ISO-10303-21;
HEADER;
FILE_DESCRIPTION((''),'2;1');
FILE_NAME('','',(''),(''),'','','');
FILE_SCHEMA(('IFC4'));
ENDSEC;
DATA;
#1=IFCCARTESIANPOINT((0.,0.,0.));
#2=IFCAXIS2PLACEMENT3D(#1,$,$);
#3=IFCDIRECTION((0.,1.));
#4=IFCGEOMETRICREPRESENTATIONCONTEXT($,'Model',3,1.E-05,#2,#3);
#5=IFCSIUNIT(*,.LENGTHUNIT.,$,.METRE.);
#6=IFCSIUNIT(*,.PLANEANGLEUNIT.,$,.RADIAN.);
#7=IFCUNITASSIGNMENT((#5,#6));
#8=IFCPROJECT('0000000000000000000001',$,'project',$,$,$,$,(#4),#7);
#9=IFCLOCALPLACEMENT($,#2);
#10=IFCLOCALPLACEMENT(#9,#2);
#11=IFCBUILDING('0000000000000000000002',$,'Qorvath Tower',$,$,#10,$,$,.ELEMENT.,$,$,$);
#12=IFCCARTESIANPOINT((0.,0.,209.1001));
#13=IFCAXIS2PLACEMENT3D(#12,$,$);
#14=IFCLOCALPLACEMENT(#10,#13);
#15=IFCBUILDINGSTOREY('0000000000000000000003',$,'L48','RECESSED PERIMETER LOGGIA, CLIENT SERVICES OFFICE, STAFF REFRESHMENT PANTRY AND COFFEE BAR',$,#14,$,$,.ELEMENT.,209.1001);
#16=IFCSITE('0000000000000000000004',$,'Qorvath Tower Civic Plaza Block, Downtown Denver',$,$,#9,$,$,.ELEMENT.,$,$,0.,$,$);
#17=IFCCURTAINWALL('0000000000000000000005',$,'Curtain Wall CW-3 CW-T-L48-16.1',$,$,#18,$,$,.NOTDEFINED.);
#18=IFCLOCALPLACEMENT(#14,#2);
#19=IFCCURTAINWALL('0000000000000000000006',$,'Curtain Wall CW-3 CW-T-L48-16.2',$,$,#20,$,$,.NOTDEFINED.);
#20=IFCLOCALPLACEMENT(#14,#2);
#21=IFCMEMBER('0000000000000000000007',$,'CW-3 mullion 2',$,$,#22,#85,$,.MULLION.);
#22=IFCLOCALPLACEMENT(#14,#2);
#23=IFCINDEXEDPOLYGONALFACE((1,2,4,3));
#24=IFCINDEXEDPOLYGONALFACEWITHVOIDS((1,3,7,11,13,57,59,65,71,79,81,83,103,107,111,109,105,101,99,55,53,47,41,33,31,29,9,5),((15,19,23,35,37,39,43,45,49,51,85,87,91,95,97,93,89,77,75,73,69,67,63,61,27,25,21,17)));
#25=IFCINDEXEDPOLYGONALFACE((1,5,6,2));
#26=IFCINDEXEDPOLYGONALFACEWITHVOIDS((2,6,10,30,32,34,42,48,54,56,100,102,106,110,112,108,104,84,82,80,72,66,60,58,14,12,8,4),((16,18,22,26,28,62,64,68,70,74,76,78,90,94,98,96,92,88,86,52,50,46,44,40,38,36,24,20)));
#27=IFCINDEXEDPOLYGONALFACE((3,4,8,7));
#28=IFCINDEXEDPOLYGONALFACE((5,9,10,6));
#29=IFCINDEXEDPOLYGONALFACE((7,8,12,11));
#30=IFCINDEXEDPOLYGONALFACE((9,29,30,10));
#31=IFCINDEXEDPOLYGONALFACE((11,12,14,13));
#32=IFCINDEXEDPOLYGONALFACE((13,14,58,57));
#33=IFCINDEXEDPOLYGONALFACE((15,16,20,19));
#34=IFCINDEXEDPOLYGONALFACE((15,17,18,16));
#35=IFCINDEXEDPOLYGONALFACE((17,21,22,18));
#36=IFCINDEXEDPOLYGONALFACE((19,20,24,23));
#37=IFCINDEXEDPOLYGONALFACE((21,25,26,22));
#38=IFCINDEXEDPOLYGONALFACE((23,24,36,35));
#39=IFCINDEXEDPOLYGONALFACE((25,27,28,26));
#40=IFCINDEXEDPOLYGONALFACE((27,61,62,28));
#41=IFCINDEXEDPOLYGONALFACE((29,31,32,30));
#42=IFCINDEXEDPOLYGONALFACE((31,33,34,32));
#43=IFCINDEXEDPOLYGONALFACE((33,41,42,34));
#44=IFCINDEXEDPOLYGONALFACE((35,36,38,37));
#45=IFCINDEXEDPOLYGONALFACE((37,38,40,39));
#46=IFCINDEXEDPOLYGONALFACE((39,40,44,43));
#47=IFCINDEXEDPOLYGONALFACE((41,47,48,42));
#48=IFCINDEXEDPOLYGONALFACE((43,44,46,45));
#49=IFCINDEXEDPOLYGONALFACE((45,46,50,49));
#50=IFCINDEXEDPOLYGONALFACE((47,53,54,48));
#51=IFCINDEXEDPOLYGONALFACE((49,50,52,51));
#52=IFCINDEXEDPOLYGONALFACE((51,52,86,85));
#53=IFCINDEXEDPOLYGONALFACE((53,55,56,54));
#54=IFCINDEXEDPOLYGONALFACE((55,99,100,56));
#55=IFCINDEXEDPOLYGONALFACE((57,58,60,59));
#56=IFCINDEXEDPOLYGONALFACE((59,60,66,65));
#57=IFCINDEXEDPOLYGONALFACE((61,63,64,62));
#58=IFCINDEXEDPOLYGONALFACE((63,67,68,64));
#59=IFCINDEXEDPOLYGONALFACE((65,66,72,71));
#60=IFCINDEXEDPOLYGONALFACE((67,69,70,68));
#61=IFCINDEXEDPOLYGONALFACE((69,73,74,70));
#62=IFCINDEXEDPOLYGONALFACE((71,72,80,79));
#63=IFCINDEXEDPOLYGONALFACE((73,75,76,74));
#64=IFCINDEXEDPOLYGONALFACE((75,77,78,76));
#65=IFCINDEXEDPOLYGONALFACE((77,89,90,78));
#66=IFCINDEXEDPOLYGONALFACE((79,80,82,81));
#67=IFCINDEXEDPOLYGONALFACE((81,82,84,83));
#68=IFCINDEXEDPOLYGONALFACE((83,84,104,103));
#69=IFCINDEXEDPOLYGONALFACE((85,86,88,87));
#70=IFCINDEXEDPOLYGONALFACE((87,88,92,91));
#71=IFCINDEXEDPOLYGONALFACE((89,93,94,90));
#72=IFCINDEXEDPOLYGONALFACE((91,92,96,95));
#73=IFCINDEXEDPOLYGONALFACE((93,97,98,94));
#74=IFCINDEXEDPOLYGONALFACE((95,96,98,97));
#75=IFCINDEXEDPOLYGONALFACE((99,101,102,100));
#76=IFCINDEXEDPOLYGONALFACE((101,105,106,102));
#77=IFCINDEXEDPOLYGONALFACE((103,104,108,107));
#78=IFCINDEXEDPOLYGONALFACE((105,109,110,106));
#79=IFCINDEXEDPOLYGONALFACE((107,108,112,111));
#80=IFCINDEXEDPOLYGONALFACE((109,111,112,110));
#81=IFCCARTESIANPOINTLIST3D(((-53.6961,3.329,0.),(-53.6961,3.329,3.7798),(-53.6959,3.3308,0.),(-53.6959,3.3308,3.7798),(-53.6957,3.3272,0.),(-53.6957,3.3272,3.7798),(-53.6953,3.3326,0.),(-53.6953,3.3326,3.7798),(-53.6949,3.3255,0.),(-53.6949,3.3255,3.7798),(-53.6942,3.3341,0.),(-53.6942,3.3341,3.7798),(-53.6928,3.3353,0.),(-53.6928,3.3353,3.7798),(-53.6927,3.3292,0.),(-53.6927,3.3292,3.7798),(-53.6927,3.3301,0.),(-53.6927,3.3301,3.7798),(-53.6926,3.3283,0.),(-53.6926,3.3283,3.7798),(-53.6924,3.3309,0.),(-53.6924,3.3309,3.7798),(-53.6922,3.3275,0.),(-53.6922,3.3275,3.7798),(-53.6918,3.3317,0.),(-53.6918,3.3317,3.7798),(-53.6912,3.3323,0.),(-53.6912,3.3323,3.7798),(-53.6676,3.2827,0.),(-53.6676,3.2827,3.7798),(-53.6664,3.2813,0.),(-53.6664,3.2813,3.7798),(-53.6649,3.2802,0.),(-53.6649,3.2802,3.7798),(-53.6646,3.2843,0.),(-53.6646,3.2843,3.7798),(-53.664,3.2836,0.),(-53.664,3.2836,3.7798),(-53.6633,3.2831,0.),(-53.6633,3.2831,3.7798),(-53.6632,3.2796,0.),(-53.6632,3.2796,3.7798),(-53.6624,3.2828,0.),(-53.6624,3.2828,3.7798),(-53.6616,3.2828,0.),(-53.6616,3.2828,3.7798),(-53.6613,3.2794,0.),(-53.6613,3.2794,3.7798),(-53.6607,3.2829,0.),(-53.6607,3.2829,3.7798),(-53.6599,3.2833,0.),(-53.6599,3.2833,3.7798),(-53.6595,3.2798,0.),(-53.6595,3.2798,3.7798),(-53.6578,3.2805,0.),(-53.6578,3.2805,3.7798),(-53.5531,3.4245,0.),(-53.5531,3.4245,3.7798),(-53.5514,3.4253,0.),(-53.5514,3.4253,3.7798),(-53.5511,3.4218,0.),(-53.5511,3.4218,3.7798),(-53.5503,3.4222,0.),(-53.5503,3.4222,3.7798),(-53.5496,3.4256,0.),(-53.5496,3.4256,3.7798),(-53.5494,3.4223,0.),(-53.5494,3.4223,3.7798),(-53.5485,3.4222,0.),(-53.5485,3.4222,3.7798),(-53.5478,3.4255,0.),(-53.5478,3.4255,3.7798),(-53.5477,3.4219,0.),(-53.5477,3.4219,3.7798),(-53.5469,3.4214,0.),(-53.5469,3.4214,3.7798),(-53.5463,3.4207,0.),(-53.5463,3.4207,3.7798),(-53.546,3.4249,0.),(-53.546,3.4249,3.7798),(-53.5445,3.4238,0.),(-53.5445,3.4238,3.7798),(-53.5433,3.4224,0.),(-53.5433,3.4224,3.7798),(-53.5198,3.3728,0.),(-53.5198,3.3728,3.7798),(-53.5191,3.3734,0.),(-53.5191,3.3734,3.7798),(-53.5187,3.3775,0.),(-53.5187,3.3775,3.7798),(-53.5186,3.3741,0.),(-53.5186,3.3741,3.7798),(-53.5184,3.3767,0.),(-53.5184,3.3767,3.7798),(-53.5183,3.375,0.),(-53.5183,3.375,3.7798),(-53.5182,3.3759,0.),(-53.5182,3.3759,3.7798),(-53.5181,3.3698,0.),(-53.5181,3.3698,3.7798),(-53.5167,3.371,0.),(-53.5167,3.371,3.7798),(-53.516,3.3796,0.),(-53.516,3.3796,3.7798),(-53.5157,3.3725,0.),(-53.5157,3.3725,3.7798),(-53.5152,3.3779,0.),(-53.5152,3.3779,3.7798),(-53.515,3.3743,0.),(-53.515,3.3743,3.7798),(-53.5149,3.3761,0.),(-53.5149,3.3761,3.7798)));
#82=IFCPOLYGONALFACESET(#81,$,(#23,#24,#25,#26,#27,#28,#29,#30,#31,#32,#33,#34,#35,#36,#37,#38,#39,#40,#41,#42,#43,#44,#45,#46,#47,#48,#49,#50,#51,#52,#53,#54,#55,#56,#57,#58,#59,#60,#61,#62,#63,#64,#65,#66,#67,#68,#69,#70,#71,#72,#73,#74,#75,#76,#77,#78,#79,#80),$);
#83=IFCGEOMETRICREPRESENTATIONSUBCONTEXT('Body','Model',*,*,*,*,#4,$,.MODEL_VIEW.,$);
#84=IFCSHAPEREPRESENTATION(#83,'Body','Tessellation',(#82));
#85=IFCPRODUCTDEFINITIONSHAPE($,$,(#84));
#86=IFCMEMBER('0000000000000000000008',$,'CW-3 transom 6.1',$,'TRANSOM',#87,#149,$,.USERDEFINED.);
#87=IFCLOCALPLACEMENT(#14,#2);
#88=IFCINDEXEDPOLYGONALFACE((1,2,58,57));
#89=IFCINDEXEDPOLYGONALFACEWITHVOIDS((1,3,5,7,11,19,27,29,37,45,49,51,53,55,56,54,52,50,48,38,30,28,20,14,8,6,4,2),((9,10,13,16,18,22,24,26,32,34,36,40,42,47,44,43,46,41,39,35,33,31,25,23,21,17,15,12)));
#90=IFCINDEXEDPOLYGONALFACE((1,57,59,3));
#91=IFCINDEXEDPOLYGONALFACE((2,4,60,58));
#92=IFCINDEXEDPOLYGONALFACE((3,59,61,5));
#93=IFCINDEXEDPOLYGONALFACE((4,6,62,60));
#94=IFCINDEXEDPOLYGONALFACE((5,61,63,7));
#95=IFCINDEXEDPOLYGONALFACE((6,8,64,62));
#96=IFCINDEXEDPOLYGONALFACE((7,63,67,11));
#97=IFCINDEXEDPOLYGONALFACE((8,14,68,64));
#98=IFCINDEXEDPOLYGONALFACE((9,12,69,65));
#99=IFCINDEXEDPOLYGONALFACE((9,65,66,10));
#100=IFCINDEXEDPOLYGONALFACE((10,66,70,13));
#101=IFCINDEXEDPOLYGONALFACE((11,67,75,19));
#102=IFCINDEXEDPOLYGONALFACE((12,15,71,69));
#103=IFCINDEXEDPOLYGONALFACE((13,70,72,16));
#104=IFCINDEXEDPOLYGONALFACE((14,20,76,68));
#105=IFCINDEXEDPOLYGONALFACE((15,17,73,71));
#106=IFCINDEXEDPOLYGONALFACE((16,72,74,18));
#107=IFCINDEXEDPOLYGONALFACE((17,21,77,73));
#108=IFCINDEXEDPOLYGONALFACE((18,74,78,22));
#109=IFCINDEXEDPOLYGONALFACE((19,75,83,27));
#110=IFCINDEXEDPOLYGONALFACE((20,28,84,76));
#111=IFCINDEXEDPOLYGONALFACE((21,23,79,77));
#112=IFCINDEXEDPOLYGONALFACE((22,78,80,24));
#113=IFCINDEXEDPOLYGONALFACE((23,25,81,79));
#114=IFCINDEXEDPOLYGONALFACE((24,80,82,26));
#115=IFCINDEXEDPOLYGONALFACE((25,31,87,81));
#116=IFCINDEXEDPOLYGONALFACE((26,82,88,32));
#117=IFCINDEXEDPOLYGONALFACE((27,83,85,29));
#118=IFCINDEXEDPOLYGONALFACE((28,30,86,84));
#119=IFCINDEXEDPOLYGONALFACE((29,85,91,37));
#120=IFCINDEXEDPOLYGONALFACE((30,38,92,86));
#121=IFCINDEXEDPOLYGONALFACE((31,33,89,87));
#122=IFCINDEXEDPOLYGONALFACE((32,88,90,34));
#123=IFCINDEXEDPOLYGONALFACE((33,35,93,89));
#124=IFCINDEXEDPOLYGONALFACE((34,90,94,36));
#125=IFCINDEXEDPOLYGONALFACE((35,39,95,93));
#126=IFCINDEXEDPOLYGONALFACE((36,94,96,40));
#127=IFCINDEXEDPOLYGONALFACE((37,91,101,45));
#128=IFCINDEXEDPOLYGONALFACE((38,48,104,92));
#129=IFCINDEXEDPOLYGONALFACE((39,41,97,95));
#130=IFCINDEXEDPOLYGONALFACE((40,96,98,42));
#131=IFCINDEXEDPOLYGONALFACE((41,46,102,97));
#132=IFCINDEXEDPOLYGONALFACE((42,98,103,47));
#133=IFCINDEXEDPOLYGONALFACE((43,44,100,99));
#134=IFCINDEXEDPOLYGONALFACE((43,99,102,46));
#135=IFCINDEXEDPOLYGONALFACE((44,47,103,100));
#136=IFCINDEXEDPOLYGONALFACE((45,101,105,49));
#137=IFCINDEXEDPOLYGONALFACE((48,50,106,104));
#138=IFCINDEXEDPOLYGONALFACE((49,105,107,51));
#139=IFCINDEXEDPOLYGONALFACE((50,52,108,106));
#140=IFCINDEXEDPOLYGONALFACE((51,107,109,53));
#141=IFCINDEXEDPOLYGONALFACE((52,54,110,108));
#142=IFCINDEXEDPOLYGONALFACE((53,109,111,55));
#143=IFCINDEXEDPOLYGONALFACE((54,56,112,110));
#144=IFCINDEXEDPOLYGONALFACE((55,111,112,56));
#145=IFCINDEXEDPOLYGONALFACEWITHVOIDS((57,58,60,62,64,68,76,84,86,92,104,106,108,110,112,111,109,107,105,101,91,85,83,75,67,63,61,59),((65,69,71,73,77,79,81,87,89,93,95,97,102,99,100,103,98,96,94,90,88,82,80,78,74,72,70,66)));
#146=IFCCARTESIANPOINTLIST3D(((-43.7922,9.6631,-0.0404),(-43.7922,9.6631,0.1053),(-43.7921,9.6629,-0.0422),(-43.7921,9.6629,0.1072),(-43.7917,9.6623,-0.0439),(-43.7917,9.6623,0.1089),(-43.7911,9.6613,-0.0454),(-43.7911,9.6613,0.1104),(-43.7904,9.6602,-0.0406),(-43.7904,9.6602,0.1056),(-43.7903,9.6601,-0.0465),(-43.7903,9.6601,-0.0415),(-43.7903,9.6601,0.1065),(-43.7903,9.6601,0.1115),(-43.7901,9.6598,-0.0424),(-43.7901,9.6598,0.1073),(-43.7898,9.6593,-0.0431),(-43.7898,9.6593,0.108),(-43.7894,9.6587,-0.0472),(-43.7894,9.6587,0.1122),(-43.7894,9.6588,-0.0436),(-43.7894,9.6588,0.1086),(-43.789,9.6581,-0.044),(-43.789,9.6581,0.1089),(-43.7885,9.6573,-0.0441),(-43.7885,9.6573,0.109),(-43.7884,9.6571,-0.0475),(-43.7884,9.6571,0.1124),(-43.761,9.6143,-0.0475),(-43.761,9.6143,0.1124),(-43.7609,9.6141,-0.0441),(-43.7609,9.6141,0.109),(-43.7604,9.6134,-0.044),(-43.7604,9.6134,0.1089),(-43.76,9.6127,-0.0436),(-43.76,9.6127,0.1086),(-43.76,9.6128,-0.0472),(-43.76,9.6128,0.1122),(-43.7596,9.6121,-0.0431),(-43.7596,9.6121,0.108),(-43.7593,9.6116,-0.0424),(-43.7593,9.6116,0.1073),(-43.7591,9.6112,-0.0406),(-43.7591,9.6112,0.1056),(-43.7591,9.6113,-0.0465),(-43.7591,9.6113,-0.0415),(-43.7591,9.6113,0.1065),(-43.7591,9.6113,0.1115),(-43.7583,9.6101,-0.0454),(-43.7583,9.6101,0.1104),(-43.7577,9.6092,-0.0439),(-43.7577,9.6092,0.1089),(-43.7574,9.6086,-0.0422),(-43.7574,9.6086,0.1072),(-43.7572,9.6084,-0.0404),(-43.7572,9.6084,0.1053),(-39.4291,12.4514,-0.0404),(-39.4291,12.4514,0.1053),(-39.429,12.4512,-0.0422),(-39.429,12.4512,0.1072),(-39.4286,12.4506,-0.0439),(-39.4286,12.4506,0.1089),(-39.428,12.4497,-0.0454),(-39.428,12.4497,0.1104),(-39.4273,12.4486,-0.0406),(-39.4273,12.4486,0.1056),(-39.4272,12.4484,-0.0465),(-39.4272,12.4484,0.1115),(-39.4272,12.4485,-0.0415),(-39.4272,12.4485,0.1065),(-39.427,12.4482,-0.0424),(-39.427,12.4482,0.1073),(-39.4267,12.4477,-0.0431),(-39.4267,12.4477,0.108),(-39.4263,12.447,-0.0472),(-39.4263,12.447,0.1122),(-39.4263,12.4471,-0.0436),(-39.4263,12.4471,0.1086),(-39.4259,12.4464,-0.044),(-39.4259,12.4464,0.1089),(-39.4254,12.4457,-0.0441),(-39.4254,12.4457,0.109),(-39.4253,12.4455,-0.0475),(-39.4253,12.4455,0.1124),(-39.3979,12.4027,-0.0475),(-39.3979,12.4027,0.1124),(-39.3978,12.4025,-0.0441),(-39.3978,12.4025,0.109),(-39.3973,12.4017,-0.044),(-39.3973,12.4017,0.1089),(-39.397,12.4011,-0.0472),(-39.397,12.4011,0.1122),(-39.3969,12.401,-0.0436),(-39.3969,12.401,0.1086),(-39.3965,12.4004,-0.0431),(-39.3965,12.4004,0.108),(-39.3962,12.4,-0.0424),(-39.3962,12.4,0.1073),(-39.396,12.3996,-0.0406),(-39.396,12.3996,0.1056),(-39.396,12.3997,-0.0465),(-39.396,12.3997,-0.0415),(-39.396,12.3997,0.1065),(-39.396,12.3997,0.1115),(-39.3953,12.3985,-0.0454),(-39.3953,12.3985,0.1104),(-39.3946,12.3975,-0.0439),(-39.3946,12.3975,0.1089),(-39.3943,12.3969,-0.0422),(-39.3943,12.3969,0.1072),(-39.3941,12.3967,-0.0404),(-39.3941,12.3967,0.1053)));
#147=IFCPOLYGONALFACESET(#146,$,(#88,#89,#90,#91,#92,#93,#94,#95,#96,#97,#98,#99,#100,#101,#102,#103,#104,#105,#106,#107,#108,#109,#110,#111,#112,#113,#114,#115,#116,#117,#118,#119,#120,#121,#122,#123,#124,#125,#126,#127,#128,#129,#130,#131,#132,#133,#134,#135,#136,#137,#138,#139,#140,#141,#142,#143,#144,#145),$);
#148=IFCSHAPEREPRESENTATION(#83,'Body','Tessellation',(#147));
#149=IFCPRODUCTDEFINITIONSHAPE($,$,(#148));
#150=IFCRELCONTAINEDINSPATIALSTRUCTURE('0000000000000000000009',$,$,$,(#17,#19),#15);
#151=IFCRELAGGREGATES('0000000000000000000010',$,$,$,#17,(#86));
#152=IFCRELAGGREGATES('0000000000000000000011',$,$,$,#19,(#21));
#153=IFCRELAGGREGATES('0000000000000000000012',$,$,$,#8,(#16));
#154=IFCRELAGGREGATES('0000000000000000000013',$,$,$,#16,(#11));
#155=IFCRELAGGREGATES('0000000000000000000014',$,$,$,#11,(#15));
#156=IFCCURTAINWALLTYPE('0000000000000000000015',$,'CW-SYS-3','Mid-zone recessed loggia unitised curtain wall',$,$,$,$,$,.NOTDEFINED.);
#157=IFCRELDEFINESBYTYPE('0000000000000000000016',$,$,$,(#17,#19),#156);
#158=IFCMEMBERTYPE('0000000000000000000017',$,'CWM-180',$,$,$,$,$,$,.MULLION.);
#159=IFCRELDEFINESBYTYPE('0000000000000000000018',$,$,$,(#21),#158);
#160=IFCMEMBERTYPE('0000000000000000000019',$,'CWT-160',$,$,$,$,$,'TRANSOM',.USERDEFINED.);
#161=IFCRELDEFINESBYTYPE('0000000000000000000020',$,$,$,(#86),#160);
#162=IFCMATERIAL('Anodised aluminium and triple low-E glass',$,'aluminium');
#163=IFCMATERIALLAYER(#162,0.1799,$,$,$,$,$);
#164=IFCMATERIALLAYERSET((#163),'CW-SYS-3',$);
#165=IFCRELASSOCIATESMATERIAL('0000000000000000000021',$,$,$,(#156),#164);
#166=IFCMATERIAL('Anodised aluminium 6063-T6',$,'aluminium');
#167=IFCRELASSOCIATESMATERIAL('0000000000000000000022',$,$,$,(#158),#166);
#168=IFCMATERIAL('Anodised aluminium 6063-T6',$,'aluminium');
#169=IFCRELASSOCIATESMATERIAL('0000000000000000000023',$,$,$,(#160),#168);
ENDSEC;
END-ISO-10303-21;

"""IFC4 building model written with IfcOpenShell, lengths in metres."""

from ifc_helpers import new_model, si_unit, direction, frame, origin, origin_2d, place, context, subcontext, project, spatial, hollow_rectangle, extrude, material, layer, layer_set, material_profile, profile_set, type_object, element, aggregate, save


model = new_model("IFC4")

# Units and contexts
model_context = context("Model", 3, precision=1e-05, world=origin(), true_north=direction((0.0, 1.0)))
body_context = subcontext(model_context, "Body", "Model", "MODEL_VIEW")
ifc_project = project(units=[si_unit("LENGTHUNIT", "METRE"), si_unit("PLANEANGLEUNIT", "RADIAN")], contexts=[model_context])

# Site, building, storey
site_placement = place(None, origin())
site = spatial("IfcSite", under=ifc_project, at=site_placement, Name="Qorvath Tower Civic Plaza Block, Downtown Denver", CompositionType="ELEMENT", RefElevation=0.0)
building_placement = place(site_placement, origin())
building = spatial("IfcBuilding", under=site, at=building_placement, Name="Qorvath Tower", CompositionType="ELEMENT")
storey_placement = place(building_placement, frame((0.0, 0.0, 209.1001)))
storey = spatial("IfcBuildingStorey", under=building, at=storey_placement, Name="L48", Description="RECESSED PERIMETER LOGGIA, CLIENT SERVICES OFFICE, STAFF REFRESHMENT PANTRY AND COFFEE BAR", CompositionType="ELEMENT", Elevation=209.1001)

# Curtain walls, member
ifc_material_1 = material(Name="Anodised aluminium and triple low-E glass", Category="aluminium")
ifc_layer_1 = layer(ifc_material_1, 0.1799)
ifc_layer_set_1 = layer_set([ifc_layer_1], Name="CW-SYS-3")
curtain_wall_type = type_object("IfcCurtainWallType", Name="CW-SYS-3", Description="Mid-zone recessed loggia unitised curtain wall", PredefinedType="NOTDEFINED", material=ifc_layer_set_1)
curtain_wall_1_placement = place(storey_placement, origin())
curtain_wall_1 = element("IfcCurtainWall", 1, at=curtain_wall_1_placement, inside=storey, type_object=curtain_wall_type, Name="Curtain Wall CW-3 CW-T-L48-16.1", PredefinedType="NOTDEFINED")
ifc_material_2 = material(Name="Anodised aluminium 6063-T6", Category="aluminium")
ifc_material_profile_1 = material_profile(ifc_material_2, hollow_rectangle(XDim=0.0649, YDim=0.1799, WallThickness=0.0034, InnerFilletRadius=0.0034, OuterFilletRadius=0.0071, at=origin_2d()), Name="CWM 180x65")
ifc_profile_set_1 = profile_set([ifc_material_profile_1], Name="Anodised aluminium 6063-T6")
member_type_1 = type_object("IfcMemberType", Name="CWM-180", PredefinedType="MULLION", material=ifc_profile_set_1)
curtain_wall_2_placement = place(storey_placement, origin())
curtain_wall_2 = element("IfcCurtainWall", 2, at=curtain_wall_2_placement, inside=storey, type_object=curtain_wall_type, Name="Curtain Wall CW-3 CW-T-L48-16.2", PredefinedType="NOTDEFINED")
member_1_placement = place(storey_placement, frame((-53.6055, 3.3525, 0.0), z_axis=(0.0, 0.0, 1.0), x_axis=(0.538537, -0.842602, 0.0)))
member_1 = element("IfcMember", 3, at=member_1_placement, type_object=member_type_1, Name="CW-3 mullion 2", PredefinedType="MULLION", context=body_context, shape_type="SweptSolid", body=[
    extrude(hollow_rectangle(XDim=0.0649, YDim=0.1799, WallThickness=0.0034, InnerFilletRadius=0.0034, OuterFilletRadius=0.0071, at=origin_2d()), origin(), (0.0, 0.0, 1.0), 3.7798),
])

# Member
ifc_material_3 = material(Name="Anodised aluminium 6063-T6", Category="aluminium")
ifc_material_profile_2 = material_profile(ifc_material_3, hollow_rectangle(XDim=0.0649, YDim=0.1599, WallThickness=0.0034, InnerFilletRadius=0.0034, OuterFilletRadius=0.0071, at=origin_2d()), Name="CWT 160x65")
ifc_profile_set_2 = profile_set([ifc_material_profile_2], Name="Anodised aluminium 6063-T6")
member_type_2 = type_object("IfcMemberType", Name="CWT-160", ElementType="TRANSOM", PredefinedType="USERDEFINED", material=ifc_profile_set_2)
member_2_placement = place(storey_placement, frame((-39.4116, 12.4241, 0.0325), z_axis=(-0.842623, -0.538504, 0.0), x_axis=(0.538504, -0.842623, 0.0)))
member_2 = element("IfcMember", 4, at=member_2_placement, type_object=member_type_2, Name="CW-3 transom 6.1", ObjectType="TRANSOM", PredefinedType="USERDEFINED", context=body_context, shape_type="SweptSolid", body=[
    extrude(hollow_rectangle(XDim=0.0649, YDim=0.1599, WallThickness=0.0034, InnerFilletRadius=0.0034, OuterFilletRadius=0.0071, at=origin_2d()), origin(), (0.0, 0.0, 1.0), 5.178),
])

aggregate(curtain_wall_1, [member_2])
aggregate(curtain_wall_2, [member_1])

save(model, "model.ifc")
